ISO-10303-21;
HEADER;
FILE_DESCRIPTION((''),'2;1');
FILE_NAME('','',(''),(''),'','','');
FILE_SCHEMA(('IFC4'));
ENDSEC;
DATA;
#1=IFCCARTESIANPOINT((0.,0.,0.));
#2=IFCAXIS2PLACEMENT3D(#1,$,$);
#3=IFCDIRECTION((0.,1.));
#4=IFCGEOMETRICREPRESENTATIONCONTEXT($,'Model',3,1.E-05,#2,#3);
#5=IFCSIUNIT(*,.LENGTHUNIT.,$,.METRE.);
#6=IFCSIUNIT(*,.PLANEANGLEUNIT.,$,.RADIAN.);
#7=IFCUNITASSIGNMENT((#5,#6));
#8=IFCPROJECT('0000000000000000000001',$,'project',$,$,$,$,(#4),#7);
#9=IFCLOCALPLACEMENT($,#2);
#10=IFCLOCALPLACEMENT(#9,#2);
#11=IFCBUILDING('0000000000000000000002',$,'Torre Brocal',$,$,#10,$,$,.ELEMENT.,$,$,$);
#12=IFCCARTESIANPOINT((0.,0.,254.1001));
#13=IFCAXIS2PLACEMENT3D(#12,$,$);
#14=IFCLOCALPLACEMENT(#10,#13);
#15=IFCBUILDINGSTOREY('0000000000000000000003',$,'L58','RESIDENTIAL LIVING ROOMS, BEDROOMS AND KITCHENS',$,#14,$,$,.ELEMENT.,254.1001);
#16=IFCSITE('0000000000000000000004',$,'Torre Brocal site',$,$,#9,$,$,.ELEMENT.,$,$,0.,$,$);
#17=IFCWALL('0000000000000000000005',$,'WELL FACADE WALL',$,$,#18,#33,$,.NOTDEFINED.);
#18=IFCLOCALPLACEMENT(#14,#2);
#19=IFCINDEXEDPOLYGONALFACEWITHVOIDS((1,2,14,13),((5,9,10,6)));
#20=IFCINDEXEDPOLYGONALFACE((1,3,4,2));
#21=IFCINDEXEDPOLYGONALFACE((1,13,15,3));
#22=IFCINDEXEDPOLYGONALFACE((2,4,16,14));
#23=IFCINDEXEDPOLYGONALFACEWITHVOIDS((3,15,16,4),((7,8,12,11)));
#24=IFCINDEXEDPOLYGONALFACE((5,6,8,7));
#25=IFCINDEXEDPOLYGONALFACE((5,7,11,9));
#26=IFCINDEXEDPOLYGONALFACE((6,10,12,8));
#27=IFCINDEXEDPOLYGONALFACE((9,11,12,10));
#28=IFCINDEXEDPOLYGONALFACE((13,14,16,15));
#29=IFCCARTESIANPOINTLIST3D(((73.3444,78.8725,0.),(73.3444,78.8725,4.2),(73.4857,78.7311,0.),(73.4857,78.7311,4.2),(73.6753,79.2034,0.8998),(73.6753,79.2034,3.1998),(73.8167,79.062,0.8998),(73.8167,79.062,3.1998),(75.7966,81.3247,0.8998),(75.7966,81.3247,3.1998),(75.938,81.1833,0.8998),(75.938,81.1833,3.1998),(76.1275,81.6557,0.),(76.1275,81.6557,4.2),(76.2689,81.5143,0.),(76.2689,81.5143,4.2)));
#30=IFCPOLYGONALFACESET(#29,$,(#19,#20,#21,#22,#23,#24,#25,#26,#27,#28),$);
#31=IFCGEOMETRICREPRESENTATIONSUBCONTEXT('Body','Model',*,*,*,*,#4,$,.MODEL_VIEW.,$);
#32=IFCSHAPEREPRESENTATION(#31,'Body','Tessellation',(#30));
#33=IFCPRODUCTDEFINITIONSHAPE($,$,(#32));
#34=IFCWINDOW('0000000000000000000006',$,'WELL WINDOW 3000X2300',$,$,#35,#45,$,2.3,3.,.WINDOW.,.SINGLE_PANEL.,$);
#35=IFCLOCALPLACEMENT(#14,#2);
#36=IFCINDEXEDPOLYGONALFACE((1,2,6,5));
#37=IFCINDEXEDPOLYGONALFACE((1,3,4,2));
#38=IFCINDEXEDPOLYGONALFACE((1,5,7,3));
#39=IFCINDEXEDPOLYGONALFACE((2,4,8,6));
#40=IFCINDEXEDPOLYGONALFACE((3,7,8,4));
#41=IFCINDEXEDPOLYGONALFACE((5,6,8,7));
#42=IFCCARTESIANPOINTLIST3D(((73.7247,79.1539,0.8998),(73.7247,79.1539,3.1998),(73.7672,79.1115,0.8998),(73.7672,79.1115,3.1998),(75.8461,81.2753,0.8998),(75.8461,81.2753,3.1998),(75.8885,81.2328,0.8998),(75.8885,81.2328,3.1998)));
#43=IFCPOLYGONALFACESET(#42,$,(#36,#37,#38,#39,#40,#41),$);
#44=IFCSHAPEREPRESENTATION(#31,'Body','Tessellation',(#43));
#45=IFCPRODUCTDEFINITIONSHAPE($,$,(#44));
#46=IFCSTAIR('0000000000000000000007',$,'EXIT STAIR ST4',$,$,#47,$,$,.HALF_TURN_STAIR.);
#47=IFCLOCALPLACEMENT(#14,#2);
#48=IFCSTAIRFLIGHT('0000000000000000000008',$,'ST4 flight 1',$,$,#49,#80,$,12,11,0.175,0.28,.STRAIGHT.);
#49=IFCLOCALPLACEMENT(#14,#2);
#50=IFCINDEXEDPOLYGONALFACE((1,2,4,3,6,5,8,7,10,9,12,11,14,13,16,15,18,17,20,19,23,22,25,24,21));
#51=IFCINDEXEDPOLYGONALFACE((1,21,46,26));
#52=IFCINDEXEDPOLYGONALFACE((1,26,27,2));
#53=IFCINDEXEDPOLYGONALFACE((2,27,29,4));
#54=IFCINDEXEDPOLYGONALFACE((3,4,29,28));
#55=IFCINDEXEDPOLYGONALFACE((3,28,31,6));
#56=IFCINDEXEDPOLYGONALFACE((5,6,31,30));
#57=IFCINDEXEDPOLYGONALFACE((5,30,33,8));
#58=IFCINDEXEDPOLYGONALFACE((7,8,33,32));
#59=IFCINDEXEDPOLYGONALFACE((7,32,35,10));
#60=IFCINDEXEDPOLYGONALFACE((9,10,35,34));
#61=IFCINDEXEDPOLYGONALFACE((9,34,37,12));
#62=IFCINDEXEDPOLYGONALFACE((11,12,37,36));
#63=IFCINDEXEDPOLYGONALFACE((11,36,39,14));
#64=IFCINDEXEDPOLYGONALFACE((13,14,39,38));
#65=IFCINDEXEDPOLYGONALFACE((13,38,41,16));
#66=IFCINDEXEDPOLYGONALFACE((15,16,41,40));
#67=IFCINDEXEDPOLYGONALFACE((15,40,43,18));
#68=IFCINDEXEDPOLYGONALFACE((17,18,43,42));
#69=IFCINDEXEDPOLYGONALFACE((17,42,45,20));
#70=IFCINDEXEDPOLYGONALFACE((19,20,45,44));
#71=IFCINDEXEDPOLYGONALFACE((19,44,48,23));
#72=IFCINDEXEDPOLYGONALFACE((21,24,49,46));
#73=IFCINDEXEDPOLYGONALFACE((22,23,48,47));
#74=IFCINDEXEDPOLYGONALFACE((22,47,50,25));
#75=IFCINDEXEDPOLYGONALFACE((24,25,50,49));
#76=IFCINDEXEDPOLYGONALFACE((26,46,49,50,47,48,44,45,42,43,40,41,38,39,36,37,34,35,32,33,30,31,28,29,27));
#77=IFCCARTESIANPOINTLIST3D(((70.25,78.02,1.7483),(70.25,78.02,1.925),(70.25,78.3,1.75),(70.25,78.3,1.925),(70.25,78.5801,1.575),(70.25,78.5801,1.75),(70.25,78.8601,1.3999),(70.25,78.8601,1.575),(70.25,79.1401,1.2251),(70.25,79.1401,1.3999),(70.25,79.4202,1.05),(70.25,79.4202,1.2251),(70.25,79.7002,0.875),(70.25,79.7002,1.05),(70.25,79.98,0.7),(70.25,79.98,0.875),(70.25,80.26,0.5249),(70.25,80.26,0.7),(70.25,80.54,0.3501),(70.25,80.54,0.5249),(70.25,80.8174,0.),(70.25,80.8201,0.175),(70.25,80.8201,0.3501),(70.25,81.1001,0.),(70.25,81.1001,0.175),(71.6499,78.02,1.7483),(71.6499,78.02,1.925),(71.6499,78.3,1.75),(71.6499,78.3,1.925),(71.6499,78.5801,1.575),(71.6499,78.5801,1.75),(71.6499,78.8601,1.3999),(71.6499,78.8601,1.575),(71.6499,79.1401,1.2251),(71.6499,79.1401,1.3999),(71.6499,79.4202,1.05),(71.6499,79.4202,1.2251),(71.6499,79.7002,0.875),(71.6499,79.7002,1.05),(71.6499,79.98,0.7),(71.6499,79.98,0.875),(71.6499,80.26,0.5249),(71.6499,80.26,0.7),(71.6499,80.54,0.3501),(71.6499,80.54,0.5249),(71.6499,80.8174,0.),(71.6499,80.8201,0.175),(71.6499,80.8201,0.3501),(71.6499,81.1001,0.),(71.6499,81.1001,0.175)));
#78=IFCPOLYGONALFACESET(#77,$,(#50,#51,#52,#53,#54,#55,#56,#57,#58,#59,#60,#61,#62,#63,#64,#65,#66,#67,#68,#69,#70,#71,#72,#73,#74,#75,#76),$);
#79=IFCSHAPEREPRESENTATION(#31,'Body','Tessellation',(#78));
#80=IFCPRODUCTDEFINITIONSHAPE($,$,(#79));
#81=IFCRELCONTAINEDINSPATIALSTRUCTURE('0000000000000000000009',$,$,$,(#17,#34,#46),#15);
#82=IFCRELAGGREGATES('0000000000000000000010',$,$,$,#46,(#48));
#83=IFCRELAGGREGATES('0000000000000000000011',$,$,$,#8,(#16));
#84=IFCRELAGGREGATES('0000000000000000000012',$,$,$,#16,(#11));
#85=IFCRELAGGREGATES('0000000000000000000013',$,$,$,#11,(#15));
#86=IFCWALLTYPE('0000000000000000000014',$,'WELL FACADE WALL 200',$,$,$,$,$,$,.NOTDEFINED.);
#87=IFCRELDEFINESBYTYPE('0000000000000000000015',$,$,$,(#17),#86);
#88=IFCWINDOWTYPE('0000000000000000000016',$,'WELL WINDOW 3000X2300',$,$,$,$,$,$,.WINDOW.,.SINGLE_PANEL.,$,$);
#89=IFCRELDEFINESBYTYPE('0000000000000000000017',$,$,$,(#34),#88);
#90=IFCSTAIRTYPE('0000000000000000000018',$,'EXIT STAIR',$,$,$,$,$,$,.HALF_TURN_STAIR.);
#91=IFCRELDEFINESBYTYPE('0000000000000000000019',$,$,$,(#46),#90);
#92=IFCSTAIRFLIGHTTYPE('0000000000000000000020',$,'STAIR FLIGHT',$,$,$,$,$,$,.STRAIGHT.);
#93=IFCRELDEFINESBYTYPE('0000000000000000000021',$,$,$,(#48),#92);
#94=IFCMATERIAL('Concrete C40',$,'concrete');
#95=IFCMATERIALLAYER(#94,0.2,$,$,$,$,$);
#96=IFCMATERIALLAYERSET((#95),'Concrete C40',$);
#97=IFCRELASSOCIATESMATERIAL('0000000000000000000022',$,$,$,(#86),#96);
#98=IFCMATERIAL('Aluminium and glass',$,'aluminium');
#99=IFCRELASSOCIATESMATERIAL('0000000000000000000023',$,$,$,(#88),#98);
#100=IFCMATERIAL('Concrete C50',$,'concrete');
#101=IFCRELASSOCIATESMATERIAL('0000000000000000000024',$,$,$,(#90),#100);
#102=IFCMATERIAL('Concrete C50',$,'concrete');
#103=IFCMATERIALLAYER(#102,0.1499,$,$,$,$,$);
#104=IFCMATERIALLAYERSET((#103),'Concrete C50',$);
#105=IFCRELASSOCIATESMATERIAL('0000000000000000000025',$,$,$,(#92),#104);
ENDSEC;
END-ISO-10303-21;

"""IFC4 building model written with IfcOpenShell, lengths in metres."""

from ifc_helpers import new_model, si_unit, direction, frame, frame_2d, origin, place, context, subcontext, project, spatial, polyline, rectangle, outline, extrude, material, layer, layer_set, type_object, element, fill, aggregate, save


model = new_model("IFC4")

# Units and contexts
model_context = context("Model", 3, precision=1e-05, world=origin(), true_north=direction((0.0, 1.0)))
body_context = subcontext(model_context, "Body", "Model", "MODEL_VIEW")
ifc_project = project(units=[si_unit("LENGTHUNIT", "METRE"), si_unit("PLANEANGLEUNIT", "RADIAN")], contexts=[model_context])

# Site, building, storey
site_placement = place(None, origin())
site = spatial("IfcSite", under=ifc_project, at=site_placement, Name="Torre Brocal site", CompositionType="ELEMENT", RefElevation=0.0)
building_placement = place(site_placement, origin())
building = spatial("IfcBuilding", under=site, at=building_placement, Name="Torre Brocal", CompositionType="ELEMENT")
storey_placement = place(building_placement, frame((0.0, 0.0, 254.1001)))
storey = spatial("IfcBuildingStorey", under=building, at=storey_placement, Name="L58", Description="RESIDENTIAL LIVING ROOMS, BEDROOMS AND KITCHENS", CompositionType="ELEMENT", Elevation=254.1001)

# Wall, opening, window
ifc_material_1 = material(Name="Concrete C40", Category="concrete")
ifc_layer_1 = layer(ifc_material_1, 0.2)
ifc_layer_set_1 = layer_set([ifc_layer_1], Name="Concrete C40")
wall_type_1 = type_object("IfcWallType", Name="WELL FACADE WALL 200", PredefinedType="NOTDEFINED", material=ifc_layer_set_1)
wall_1_placement = place(storey_placement, frame((76.1982, 81.585, 0.0), z_axis=(0.0, 0.0, 1.0), x_axis=(-0.707107, -0.707107, 0.0)))
wall_1 = element("IfcWall", 1, at=wall_1_placement, inside=storey, type_object=wall_type_1, Name="WELL FACADE WALL", PredefinedType="NOTDEFINED", context=body_context, shape_type="SweptSolid", body=[
    extrude(rectangle(XDim=3.936, YDim=0.2, at=frame_2d((1.968, 0.0))), origin(), (0.0, 0.0, 1.0), 4.2),
])
opening_1_placement = place(wall_1_placement, frame((0.468, 0.0, 0.8999)))
opening_1 = element("IfcOpeningElement", 2, at=opening_1_placement, cuts=wall_1, PredefinedType="OPENING", context=body_context, shape_type="SweptSolid", body=[
    extrude(rectangle(XDim=3.0, YDim=2.3, at=frame_2d((1.5, 1.1499))), frame((0.0, 0.1099, 0.0), z_axis=(0.0, -1.0, 0.0), x_axis=(1.0, 0.0, 0.0)), (0.0, 0.0, 1.0), 0.22),
])
ifc_material_2 = material(Name="Aluminium and glass", Category="aluminium")
window_type = type_object("IfcWindowType", Name="WELL WINDOW 3000X2300", PartitioningType="SINGLE_PANEL", PredefinedType="WINDOW", material=ifc_material_2)
window_placement = place(opening_1_placement, origin())
window = element("IfcWindow", 3, at=window_placement, inside=storey, type_object=window_type, Name="WELL WINDOW 3000X2300", OverallHeight=2.3, OverallWidth=3.0, PartitioningType="SINGLE_PANEL", PredefinedType="WINDOW", context=body_context, shape_type="SweptSolid", body=[
    extrude(rectangle(XDim=3.0, YDim=2.3, at=frame_2d((1.5, 1.1499))), frame((0.0, 0.03, 0.0), z_axis=(0.0, -1.0, 0.0), x_axis=(1.0, 0.0, 0.0)), (0.0, 0.0, 1.0), 0.0601),
])
fill(opening_1, window)

# Stair, stair flight
ifc_material_3 = material(Name="Concrete C50", Category="concrete")
stair_type = type_object("IfcStairType", Name="EXIT STAIR", PredefinedType="HALF_TURN_STAIR", material=ifc_material_3)
stair_placement = place(storey_placement, origin())
stair = element("IfcStair", 4, at=stair_placement, inside=storey, type_object=stair_type, Name="EXIT STAIR ST4", PredefinedType="HALF_TURN_STAIR")
ifc_material_4 = material(Name="Concrete C50", Category="concrete")
ifc_layer_2 = layer(ifc_material_4, 0.1499)
ifc_layer_set_2 = layer_set([ifc_layer_2], Name="Concrete C50")
stair_flight_type = type_object("IfcStairFlightType", Name="STAIR FLIGHT", PredefinedType="STRAIGHT", material=ifc_layer_set_2)
stair_flight_placement = place(storey_placement, frame((70.95, 81.1001, 0.0), z_axis=(0.0, 0.0, 1.0), x_axis=(0.0, -1.0, 0.0)))
stair_flight = element("IfcStairFlight", 5, at=stair_flight_placement, type_object=stair_flight_type, Name="ST4 flight 1", NumberOfRisers=12, NumberOfTreads=11, PredefinedType="STRAIGHT", RiserHeight=0.175, TreadLength=0.28, context=body_context, shape_type="SweptSolid", body=[
    extrude(outline(polyline([(0.0, 0.0), (0.0, 0.175), (0.28, 0.175), (0.28, 0.3501), (0.5601, 0.3501), (0.5601, 0.5249), (0.8401, 0.5249), (0.8401, 0.7), (1.1201, 0.7), (1.1201, 0.875), (1.3999, 0.875), (1.3999, 1.05), (1.6799, 1.05), (1.6799, 1.2251), (1.96, 1.2251), (1.96, 1.3999), (2.24, 1.3999), (2.24, 1.575), (2.52, 1.575), (2.52, 1.75), (2.8, 1.75), (2.8, 1.925), (3.0801, 1.925), (3.0801, 2.1001), (3.0801, 1.7483), (0.2827, 0.0), (0.0, 0.0)])), frame((0.0, 0.7, 0.0), z_axis=(0.0, -1.0, 0.0), x_axis=(1.0, 0.0, 0.0)), (0.0, 0.0, 1.0), 1.3999),
])
aggregate(stair, [stair_flight])

save(model, "model.ifc")
